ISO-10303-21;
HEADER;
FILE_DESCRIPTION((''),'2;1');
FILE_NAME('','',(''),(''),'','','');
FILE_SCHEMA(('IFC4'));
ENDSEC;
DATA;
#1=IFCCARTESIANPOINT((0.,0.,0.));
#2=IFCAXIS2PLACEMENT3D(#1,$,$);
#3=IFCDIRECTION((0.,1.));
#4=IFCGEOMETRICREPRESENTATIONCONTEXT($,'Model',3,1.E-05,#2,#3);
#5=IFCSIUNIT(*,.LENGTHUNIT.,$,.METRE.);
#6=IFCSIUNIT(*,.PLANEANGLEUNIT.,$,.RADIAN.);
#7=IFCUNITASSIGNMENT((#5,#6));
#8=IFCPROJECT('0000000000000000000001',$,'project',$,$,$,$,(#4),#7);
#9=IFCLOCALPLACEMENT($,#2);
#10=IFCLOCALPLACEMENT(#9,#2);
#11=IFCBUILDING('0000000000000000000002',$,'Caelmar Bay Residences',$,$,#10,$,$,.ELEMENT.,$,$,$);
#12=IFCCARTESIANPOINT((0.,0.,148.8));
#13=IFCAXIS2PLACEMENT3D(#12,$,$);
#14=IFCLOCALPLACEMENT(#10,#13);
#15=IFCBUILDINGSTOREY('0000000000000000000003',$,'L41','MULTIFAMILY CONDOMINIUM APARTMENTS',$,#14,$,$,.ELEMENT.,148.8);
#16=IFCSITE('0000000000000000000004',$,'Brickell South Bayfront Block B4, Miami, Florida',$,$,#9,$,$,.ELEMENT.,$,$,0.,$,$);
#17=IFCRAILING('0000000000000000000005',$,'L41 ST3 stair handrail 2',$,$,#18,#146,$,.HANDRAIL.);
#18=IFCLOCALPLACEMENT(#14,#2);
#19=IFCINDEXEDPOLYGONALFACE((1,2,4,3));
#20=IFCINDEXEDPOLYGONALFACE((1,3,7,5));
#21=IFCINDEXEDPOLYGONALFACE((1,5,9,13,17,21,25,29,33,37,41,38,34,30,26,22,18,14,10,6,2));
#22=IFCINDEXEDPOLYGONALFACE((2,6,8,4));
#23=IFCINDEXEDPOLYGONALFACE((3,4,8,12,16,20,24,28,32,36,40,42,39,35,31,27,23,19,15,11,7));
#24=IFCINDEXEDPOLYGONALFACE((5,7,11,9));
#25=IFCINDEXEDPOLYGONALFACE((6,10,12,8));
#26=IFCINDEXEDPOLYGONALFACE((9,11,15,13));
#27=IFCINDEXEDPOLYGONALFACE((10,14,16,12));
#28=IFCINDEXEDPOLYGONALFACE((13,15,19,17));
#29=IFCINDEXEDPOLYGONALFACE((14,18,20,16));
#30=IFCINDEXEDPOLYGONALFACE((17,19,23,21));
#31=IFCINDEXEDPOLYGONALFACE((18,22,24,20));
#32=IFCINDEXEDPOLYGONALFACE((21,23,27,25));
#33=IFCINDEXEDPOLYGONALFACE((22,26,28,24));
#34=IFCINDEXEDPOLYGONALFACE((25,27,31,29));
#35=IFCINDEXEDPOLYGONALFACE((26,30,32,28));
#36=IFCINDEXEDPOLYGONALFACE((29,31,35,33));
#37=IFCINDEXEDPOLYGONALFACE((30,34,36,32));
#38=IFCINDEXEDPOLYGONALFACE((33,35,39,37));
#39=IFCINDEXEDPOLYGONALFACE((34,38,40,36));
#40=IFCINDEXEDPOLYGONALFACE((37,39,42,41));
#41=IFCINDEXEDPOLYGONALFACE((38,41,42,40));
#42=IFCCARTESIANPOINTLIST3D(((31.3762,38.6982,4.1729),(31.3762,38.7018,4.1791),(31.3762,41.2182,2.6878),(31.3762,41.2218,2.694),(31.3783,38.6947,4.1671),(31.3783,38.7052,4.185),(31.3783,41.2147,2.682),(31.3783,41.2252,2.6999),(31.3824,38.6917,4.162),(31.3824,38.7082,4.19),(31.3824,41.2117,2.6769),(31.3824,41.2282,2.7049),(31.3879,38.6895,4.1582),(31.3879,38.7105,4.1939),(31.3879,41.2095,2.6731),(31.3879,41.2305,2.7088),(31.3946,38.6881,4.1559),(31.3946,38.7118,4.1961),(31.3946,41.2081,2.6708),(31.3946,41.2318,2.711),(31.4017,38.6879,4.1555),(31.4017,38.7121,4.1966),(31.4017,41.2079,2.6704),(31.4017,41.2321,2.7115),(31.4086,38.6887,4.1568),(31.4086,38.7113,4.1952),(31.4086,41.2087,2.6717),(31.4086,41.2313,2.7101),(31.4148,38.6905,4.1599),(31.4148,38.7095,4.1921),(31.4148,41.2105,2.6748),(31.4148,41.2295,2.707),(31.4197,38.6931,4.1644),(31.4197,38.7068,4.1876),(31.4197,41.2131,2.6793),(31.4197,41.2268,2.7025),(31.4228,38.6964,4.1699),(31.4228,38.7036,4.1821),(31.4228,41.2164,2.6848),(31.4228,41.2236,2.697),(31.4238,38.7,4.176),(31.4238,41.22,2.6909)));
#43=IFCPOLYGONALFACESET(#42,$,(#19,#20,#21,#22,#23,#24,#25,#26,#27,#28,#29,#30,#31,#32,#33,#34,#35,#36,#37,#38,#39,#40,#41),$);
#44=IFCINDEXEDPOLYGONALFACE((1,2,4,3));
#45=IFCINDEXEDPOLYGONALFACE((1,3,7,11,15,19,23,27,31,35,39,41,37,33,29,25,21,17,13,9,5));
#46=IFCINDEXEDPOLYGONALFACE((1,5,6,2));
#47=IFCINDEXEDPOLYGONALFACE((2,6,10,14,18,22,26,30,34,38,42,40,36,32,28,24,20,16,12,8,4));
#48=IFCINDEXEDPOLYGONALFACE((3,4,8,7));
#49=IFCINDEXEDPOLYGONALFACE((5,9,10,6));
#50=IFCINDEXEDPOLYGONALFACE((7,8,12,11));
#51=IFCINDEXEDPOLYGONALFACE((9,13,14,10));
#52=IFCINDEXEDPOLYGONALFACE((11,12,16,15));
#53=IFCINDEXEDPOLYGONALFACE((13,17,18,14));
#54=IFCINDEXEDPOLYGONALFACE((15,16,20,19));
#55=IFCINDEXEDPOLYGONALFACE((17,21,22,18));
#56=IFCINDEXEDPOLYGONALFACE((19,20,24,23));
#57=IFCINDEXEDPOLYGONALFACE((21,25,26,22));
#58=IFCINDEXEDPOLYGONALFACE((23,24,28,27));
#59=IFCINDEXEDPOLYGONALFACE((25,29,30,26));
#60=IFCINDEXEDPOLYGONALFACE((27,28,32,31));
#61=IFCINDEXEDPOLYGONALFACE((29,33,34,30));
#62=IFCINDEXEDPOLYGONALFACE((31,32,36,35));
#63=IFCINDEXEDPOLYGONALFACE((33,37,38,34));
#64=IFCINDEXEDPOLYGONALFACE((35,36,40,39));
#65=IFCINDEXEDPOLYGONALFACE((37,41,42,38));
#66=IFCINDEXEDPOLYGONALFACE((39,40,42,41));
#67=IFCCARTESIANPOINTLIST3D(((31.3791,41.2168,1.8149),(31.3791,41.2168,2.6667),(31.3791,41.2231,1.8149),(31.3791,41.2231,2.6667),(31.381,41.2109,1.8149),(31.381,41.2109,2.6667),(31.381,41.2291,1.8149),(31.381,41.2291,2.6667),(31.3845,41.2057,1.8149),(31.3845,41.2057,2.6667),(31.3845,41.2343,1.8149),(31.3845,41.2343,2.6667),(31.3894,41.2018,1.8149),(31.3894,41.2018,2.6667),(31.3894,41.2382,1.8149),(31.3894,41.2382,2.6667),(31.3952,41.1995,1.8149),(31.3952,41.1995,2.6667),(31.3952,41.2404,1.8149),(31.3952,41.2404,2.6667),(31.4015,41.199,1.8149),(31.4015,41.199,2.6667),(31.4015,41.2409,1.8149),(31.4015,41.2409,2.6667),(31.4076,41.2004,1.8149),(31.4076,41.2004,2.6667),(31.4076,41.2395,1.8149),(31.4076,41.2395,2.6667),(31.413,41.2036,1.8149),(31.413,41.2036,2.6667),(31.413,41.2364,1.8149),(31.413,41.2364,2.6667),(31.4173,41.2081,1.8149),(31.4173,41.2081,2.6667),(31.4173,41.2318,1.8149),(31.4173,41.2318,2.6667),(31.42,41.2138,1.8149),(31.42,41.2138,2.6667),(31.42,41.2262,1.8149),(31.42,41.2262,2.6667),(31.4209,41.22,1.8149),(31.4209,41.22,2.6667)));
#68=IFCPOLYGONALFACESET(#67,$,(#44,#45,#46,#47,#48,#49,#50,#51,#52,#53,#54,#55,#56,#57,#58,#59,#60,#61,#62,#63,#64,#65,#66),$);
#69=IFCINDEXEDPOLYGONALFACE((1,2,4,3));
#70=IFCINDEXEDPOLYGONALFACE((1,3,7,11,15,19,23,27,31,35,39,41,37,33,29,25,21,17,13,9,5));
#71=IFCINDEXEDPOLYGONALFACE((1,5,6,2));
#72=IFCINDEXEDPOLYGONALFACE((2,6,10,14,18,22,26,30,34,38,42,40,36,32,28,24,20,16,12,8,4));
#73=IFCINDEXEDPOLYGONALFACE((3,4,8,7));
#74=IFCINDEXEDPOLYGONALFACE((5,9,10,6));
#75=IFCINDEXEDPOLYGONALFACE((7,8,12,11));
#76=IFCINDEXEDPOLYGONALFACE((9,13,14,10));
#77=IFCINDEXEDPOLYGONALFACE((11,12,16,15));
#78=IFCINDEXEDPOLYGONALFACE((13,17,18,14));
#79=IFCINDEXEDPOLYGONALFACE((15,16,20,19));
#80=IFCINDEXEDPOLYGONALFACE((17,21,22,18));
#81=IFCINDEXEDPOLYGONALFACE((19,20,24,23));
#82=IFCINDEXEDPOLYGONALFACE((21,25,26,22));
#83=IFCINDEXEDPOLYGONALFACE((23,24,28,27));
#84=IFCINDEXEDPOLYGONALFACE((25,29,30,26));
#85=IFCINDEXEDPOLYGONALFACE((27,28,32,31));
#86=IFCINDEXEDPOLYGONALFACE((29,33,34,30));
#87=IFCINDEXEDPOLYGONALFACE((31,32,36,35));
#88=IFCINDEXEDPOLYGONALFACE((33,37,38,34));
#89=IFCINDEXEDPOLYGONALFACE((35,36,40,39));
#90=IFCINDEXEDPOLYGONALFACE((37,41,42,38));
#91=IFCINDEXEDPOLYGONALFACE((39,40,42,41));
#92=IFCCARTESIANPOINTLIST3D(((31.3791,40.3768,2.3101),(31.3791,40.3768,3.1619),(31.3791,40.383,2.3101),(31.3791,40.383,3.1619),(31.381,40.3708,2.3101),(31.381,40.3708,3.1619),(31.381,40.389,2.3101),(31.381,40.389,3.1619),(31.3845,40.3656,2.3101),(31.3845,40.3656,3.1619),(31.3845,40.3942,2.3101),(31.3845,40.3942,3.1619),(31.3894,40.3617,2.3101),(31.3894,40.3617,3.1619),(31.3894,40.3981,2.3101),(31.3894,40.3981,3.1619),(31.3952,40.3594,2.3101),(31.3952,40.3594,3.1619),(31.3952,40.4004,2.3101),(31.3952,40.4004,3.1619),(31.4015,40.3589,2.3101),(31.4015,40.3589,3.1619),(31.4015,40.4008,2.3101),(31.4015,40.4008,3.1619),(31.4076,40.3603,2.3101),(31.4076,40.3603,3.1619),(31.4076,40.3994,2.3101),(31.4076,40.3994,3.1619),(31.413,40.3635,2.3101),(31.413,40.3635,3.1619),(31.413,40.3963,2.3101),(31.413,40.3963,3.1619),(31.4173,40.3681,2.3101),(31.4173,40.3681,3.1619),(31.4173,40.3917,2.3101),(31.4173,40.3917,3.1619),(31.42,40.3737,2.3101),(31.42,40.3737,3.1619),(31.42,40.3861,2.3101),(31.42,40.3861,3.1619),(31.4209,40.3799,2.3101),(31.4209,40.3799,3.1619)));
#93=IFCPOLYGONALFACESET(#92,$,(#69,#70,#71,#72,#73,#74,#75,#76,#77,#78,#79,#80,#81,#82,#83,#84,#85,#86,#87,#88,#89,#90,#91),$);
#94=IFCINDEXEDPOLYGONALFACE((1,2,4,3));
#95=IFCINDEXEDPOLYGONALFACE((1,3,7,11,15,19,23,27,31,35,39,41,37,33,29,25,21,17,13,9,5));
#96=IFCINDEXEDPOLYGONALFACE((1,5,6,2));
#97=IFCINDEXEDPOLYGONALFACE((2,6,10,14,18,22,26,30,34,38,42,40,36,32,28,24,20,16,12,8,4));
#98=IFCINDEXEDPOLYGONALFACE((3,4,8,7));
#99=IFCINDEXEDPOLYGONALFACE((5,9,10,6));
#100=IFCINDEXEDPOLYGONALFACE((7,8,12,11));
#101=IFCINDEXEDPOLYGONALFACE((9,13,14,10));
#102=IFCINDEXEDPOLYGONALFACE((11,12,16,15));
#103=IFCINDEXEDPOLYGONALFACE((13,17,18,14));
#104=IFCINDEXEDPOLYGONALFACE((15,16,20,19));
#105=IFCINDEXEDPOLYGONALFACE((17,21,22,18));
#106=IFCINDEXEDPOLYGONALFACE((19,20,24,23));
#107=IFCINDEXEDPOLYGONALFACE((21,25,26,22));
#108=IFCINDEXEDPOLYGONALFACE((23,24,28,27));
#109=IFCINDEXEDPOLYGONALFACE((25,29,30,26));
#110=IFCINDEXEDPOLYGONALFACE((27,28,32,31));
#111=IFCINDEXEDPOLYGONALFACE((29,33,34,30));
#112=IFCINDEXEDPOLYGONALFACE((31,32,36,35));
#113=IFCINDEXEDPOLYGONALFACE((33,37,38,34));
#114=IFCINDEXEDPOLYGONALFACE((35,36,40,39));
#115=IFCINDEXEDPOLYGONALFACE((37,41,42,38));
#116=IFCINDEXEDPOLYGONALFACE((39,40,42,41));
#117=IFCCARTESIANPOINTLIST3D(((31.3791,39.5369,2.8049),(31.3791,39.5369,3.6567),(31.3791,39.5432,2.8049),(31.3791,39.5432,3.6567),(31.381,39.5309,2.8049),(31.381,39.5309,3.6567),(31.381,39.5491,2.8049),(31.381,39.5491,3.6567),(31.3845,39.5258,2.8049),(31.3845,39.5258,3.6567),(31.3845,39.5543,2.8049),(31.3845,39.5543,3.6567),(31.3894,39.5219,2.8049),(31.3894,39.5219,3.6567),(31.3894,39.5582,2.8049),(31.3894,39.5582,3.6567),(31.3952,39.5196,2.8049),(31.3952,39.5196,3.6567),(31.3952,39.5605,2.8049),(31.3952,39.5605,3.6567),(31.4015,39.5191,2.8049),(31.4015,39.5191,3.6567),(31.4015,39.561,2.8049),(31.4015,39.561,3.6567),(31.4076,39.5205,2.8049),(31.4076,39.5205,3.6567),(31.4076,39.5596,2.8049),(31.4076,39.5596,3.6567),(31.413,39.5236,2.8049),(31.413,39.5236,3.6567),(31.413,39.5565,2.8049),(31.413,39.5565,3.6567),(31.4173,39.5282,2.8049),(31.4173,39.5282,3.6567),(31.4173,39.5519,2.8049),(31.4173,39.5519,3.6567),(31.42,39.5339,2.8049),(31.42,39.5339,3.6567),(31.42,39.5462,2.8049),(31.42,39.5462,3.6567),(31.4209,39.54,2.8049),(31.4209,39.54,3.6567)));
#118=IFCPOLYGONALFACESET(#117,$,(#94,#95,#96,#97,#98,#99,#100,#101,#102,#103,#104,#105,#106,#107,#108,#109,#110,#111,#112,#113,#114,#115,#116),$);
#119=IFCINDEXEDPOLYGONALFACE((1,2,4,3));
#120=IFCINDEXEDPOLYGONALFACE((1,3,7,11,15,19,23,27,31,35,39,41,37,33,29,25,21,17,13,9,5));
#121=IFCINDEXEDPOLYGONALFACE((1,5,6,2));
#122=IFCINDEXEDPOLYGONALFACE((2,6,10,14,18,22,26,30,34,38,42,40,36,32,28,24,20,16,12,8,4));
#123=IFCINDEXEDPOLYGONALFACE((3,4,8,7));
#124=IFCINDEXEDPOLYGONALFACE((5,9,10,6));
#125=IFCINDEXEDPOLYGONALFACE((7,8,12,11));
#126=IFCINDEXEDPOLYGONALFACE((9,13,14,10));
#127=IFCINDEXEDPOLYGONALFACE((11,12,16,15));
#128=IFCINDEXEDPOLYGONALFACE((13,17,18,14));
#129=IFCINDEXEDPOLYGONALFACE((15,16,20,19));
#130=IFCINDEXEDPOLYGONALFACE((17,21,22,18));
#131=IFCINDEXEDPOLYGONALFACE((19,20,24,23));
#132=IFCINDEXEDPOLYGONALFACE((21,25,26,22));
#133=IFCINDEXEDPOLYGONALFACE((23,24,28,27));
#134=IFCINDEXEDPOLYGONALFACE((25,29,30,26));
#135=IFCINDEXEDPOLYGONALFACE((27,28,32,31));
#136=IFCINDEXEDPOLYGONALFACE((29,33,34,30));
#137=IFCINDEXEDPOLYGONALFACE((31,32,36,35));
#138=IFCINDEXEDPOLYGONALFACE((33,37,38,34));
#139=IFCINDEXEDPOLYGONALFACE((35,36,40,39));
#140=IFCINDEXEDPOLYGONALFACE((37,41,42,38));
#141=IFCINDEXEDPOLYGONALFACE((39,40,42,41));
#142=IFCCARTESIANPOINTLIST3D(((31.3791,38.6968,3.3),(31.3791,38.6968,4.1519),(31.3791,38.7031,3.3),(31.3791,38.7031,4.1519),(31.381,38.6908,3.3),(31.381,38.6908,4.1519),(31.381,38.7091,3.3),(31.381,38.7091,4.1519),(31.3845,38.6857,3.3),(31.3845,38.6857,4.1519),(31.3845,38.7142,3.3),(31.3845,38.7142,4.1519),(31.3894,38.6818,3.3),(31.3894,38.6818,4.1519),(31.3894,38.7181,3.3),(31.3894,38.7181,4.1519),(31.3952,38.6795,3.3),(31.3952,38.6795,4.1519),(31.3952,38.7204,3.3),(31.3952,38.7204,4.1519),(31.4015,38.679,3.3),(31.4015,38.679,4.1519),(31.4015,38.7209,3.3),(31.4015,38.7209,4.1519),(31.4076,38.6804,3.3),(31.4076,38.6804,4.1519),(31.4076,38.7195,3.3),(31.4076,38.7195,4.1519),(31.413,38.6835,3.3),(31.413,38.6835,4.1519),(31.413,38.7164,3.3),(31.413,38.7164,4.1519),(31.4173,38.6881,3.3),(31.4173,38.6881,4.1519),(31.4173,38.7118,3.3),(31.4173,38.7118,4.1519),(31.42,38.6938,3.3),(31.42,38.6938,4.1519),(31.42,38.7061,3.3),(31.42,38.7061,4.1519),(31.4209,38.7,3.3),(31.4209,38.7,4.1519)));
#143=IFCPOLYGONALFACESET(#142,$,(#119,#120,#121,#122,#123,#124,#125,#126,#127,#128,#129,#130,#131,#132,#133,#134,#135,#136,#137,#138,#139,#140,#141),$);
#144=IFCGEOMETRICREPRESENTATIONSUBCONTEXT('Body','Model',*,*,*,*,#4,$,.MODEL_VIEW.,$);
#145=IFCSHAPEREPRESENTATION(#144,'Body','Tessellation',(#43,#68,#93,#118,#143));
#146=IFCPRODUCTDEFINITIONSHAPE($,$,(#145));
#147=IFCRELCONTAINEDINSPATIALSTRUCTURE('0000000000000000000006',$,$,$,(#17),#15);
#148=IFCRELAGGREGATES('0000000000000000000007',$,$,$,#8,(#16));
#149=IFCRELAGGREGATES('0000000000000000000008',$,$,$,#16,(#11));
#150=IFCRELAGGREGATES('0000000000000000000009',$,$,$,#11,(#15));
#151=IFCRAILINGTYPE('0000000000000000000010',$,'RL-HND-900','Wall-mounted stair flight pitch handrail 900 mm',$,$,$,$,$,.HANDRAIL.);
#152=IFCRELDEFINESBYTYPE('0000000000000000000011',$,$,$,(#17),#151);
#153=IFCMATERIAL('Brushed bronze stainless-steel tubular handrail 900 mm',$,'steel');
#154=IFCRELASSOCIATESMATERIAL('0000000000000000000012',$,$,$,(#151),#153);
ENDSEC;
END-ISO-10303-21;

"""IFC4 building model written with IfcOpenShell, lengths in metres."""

from ifc_helpers import new_model, si_unit, direction, frame, origin, origin_2d, place, context, subcontext, project, spatial, circle, extrude, material, type_object, element, save


model = new_model("IFC4")

# Units and contexts
model_context = context("Model", 3, precision=1e-05, world=origin(), true_north=direction((0.0, 1.0)))
body_context = subcontext(model_context, "Body", "Model", "MODEL_VIEW")
ifc_project = project(units=[si_unit("LENGTHUNIT", "METRE"), si_unit("PLANEANGLEUNIT", "RADIAN")], contexts=[model_context])

# Site, building, storey
site_placement = place(None, origin())
site = spatial("IfcSite", under=ifc_project, at=site_placement, Name="Brickell South Bayfront Block B4, Miami, Florida", CompositionType="ELEMENT", RefElevation=0.0)
building_placement = place(site_placement, origin())
building = spatial("IfcBuilding", under=site, at=building_placement, Name="Caelmar Bay Residences", CompositionType="ELEMENT")
storey_placement = place(building_placement, frame((0.0, 0.0, 148.8)))
storey = spatial("IfcBuildingStorey", under=building, at=storey_placement, Name="L41", Description="MULTIFAMILY CONDOMINIUM APARTMENTS", CompositionType="ELEMENT", Elevation=148.8)

# Railing
ifc_material_1 = material(Name="Brushed bronze stainless-steel tubular handrail 900 mm", Category="steel")
railing_type_1 = type_object("IfcRailingType", Name="RL-HND-900", Description="Wall-mounted stair flight pitch handrail 900 mm", PredefinedType="HANDRAIL", material=ifc_material_1)
railing_1_placement = place(storey_placement, frame((31.3999, 41.22, 1.8149)))
element("IfcRailing", 1, at=railing_1_placement, inside=storey, type_object=railing_type_1, Name="L41 ST3 stair handrail 2", PredefinedType="HANDRAIL", context=body_context, shape_type="SweptSolid", body=[
    extrude(circle(Radius=0.0239, at=origin_2d()), frame((0.0, 0.0, 0.876), z_axis=(0.0, -0.861524, 0.507717), x_axis=(1.0, 0.0, 0.0)), (0.0, 0.0, 1.0), 2.925),
    extrude(circle(Radius=0.021, at=origin_2d()), origin(), (0.0, 0.0, 1.0), 0.8518),
    extrude(circle(Radius=0.021, at=origin_2d()), frame((0.0, -0.8401, 0.4951)), (0.0, 0.0, 1.0), 0.8518),
    extrude(circle(Radius=0.021, at=origin_2d()), frame((0.0, -1.6799, 0.99)), (0.0, 0.0, 1.0), 0.8518),
    extrude(circle(Radius=0.021, at=origin_2d()), frame((0.0, -2.52, 1.4851)), (0.0, 0.0, 1.0), 0.8518),
])

save(model, "model.ifc")
